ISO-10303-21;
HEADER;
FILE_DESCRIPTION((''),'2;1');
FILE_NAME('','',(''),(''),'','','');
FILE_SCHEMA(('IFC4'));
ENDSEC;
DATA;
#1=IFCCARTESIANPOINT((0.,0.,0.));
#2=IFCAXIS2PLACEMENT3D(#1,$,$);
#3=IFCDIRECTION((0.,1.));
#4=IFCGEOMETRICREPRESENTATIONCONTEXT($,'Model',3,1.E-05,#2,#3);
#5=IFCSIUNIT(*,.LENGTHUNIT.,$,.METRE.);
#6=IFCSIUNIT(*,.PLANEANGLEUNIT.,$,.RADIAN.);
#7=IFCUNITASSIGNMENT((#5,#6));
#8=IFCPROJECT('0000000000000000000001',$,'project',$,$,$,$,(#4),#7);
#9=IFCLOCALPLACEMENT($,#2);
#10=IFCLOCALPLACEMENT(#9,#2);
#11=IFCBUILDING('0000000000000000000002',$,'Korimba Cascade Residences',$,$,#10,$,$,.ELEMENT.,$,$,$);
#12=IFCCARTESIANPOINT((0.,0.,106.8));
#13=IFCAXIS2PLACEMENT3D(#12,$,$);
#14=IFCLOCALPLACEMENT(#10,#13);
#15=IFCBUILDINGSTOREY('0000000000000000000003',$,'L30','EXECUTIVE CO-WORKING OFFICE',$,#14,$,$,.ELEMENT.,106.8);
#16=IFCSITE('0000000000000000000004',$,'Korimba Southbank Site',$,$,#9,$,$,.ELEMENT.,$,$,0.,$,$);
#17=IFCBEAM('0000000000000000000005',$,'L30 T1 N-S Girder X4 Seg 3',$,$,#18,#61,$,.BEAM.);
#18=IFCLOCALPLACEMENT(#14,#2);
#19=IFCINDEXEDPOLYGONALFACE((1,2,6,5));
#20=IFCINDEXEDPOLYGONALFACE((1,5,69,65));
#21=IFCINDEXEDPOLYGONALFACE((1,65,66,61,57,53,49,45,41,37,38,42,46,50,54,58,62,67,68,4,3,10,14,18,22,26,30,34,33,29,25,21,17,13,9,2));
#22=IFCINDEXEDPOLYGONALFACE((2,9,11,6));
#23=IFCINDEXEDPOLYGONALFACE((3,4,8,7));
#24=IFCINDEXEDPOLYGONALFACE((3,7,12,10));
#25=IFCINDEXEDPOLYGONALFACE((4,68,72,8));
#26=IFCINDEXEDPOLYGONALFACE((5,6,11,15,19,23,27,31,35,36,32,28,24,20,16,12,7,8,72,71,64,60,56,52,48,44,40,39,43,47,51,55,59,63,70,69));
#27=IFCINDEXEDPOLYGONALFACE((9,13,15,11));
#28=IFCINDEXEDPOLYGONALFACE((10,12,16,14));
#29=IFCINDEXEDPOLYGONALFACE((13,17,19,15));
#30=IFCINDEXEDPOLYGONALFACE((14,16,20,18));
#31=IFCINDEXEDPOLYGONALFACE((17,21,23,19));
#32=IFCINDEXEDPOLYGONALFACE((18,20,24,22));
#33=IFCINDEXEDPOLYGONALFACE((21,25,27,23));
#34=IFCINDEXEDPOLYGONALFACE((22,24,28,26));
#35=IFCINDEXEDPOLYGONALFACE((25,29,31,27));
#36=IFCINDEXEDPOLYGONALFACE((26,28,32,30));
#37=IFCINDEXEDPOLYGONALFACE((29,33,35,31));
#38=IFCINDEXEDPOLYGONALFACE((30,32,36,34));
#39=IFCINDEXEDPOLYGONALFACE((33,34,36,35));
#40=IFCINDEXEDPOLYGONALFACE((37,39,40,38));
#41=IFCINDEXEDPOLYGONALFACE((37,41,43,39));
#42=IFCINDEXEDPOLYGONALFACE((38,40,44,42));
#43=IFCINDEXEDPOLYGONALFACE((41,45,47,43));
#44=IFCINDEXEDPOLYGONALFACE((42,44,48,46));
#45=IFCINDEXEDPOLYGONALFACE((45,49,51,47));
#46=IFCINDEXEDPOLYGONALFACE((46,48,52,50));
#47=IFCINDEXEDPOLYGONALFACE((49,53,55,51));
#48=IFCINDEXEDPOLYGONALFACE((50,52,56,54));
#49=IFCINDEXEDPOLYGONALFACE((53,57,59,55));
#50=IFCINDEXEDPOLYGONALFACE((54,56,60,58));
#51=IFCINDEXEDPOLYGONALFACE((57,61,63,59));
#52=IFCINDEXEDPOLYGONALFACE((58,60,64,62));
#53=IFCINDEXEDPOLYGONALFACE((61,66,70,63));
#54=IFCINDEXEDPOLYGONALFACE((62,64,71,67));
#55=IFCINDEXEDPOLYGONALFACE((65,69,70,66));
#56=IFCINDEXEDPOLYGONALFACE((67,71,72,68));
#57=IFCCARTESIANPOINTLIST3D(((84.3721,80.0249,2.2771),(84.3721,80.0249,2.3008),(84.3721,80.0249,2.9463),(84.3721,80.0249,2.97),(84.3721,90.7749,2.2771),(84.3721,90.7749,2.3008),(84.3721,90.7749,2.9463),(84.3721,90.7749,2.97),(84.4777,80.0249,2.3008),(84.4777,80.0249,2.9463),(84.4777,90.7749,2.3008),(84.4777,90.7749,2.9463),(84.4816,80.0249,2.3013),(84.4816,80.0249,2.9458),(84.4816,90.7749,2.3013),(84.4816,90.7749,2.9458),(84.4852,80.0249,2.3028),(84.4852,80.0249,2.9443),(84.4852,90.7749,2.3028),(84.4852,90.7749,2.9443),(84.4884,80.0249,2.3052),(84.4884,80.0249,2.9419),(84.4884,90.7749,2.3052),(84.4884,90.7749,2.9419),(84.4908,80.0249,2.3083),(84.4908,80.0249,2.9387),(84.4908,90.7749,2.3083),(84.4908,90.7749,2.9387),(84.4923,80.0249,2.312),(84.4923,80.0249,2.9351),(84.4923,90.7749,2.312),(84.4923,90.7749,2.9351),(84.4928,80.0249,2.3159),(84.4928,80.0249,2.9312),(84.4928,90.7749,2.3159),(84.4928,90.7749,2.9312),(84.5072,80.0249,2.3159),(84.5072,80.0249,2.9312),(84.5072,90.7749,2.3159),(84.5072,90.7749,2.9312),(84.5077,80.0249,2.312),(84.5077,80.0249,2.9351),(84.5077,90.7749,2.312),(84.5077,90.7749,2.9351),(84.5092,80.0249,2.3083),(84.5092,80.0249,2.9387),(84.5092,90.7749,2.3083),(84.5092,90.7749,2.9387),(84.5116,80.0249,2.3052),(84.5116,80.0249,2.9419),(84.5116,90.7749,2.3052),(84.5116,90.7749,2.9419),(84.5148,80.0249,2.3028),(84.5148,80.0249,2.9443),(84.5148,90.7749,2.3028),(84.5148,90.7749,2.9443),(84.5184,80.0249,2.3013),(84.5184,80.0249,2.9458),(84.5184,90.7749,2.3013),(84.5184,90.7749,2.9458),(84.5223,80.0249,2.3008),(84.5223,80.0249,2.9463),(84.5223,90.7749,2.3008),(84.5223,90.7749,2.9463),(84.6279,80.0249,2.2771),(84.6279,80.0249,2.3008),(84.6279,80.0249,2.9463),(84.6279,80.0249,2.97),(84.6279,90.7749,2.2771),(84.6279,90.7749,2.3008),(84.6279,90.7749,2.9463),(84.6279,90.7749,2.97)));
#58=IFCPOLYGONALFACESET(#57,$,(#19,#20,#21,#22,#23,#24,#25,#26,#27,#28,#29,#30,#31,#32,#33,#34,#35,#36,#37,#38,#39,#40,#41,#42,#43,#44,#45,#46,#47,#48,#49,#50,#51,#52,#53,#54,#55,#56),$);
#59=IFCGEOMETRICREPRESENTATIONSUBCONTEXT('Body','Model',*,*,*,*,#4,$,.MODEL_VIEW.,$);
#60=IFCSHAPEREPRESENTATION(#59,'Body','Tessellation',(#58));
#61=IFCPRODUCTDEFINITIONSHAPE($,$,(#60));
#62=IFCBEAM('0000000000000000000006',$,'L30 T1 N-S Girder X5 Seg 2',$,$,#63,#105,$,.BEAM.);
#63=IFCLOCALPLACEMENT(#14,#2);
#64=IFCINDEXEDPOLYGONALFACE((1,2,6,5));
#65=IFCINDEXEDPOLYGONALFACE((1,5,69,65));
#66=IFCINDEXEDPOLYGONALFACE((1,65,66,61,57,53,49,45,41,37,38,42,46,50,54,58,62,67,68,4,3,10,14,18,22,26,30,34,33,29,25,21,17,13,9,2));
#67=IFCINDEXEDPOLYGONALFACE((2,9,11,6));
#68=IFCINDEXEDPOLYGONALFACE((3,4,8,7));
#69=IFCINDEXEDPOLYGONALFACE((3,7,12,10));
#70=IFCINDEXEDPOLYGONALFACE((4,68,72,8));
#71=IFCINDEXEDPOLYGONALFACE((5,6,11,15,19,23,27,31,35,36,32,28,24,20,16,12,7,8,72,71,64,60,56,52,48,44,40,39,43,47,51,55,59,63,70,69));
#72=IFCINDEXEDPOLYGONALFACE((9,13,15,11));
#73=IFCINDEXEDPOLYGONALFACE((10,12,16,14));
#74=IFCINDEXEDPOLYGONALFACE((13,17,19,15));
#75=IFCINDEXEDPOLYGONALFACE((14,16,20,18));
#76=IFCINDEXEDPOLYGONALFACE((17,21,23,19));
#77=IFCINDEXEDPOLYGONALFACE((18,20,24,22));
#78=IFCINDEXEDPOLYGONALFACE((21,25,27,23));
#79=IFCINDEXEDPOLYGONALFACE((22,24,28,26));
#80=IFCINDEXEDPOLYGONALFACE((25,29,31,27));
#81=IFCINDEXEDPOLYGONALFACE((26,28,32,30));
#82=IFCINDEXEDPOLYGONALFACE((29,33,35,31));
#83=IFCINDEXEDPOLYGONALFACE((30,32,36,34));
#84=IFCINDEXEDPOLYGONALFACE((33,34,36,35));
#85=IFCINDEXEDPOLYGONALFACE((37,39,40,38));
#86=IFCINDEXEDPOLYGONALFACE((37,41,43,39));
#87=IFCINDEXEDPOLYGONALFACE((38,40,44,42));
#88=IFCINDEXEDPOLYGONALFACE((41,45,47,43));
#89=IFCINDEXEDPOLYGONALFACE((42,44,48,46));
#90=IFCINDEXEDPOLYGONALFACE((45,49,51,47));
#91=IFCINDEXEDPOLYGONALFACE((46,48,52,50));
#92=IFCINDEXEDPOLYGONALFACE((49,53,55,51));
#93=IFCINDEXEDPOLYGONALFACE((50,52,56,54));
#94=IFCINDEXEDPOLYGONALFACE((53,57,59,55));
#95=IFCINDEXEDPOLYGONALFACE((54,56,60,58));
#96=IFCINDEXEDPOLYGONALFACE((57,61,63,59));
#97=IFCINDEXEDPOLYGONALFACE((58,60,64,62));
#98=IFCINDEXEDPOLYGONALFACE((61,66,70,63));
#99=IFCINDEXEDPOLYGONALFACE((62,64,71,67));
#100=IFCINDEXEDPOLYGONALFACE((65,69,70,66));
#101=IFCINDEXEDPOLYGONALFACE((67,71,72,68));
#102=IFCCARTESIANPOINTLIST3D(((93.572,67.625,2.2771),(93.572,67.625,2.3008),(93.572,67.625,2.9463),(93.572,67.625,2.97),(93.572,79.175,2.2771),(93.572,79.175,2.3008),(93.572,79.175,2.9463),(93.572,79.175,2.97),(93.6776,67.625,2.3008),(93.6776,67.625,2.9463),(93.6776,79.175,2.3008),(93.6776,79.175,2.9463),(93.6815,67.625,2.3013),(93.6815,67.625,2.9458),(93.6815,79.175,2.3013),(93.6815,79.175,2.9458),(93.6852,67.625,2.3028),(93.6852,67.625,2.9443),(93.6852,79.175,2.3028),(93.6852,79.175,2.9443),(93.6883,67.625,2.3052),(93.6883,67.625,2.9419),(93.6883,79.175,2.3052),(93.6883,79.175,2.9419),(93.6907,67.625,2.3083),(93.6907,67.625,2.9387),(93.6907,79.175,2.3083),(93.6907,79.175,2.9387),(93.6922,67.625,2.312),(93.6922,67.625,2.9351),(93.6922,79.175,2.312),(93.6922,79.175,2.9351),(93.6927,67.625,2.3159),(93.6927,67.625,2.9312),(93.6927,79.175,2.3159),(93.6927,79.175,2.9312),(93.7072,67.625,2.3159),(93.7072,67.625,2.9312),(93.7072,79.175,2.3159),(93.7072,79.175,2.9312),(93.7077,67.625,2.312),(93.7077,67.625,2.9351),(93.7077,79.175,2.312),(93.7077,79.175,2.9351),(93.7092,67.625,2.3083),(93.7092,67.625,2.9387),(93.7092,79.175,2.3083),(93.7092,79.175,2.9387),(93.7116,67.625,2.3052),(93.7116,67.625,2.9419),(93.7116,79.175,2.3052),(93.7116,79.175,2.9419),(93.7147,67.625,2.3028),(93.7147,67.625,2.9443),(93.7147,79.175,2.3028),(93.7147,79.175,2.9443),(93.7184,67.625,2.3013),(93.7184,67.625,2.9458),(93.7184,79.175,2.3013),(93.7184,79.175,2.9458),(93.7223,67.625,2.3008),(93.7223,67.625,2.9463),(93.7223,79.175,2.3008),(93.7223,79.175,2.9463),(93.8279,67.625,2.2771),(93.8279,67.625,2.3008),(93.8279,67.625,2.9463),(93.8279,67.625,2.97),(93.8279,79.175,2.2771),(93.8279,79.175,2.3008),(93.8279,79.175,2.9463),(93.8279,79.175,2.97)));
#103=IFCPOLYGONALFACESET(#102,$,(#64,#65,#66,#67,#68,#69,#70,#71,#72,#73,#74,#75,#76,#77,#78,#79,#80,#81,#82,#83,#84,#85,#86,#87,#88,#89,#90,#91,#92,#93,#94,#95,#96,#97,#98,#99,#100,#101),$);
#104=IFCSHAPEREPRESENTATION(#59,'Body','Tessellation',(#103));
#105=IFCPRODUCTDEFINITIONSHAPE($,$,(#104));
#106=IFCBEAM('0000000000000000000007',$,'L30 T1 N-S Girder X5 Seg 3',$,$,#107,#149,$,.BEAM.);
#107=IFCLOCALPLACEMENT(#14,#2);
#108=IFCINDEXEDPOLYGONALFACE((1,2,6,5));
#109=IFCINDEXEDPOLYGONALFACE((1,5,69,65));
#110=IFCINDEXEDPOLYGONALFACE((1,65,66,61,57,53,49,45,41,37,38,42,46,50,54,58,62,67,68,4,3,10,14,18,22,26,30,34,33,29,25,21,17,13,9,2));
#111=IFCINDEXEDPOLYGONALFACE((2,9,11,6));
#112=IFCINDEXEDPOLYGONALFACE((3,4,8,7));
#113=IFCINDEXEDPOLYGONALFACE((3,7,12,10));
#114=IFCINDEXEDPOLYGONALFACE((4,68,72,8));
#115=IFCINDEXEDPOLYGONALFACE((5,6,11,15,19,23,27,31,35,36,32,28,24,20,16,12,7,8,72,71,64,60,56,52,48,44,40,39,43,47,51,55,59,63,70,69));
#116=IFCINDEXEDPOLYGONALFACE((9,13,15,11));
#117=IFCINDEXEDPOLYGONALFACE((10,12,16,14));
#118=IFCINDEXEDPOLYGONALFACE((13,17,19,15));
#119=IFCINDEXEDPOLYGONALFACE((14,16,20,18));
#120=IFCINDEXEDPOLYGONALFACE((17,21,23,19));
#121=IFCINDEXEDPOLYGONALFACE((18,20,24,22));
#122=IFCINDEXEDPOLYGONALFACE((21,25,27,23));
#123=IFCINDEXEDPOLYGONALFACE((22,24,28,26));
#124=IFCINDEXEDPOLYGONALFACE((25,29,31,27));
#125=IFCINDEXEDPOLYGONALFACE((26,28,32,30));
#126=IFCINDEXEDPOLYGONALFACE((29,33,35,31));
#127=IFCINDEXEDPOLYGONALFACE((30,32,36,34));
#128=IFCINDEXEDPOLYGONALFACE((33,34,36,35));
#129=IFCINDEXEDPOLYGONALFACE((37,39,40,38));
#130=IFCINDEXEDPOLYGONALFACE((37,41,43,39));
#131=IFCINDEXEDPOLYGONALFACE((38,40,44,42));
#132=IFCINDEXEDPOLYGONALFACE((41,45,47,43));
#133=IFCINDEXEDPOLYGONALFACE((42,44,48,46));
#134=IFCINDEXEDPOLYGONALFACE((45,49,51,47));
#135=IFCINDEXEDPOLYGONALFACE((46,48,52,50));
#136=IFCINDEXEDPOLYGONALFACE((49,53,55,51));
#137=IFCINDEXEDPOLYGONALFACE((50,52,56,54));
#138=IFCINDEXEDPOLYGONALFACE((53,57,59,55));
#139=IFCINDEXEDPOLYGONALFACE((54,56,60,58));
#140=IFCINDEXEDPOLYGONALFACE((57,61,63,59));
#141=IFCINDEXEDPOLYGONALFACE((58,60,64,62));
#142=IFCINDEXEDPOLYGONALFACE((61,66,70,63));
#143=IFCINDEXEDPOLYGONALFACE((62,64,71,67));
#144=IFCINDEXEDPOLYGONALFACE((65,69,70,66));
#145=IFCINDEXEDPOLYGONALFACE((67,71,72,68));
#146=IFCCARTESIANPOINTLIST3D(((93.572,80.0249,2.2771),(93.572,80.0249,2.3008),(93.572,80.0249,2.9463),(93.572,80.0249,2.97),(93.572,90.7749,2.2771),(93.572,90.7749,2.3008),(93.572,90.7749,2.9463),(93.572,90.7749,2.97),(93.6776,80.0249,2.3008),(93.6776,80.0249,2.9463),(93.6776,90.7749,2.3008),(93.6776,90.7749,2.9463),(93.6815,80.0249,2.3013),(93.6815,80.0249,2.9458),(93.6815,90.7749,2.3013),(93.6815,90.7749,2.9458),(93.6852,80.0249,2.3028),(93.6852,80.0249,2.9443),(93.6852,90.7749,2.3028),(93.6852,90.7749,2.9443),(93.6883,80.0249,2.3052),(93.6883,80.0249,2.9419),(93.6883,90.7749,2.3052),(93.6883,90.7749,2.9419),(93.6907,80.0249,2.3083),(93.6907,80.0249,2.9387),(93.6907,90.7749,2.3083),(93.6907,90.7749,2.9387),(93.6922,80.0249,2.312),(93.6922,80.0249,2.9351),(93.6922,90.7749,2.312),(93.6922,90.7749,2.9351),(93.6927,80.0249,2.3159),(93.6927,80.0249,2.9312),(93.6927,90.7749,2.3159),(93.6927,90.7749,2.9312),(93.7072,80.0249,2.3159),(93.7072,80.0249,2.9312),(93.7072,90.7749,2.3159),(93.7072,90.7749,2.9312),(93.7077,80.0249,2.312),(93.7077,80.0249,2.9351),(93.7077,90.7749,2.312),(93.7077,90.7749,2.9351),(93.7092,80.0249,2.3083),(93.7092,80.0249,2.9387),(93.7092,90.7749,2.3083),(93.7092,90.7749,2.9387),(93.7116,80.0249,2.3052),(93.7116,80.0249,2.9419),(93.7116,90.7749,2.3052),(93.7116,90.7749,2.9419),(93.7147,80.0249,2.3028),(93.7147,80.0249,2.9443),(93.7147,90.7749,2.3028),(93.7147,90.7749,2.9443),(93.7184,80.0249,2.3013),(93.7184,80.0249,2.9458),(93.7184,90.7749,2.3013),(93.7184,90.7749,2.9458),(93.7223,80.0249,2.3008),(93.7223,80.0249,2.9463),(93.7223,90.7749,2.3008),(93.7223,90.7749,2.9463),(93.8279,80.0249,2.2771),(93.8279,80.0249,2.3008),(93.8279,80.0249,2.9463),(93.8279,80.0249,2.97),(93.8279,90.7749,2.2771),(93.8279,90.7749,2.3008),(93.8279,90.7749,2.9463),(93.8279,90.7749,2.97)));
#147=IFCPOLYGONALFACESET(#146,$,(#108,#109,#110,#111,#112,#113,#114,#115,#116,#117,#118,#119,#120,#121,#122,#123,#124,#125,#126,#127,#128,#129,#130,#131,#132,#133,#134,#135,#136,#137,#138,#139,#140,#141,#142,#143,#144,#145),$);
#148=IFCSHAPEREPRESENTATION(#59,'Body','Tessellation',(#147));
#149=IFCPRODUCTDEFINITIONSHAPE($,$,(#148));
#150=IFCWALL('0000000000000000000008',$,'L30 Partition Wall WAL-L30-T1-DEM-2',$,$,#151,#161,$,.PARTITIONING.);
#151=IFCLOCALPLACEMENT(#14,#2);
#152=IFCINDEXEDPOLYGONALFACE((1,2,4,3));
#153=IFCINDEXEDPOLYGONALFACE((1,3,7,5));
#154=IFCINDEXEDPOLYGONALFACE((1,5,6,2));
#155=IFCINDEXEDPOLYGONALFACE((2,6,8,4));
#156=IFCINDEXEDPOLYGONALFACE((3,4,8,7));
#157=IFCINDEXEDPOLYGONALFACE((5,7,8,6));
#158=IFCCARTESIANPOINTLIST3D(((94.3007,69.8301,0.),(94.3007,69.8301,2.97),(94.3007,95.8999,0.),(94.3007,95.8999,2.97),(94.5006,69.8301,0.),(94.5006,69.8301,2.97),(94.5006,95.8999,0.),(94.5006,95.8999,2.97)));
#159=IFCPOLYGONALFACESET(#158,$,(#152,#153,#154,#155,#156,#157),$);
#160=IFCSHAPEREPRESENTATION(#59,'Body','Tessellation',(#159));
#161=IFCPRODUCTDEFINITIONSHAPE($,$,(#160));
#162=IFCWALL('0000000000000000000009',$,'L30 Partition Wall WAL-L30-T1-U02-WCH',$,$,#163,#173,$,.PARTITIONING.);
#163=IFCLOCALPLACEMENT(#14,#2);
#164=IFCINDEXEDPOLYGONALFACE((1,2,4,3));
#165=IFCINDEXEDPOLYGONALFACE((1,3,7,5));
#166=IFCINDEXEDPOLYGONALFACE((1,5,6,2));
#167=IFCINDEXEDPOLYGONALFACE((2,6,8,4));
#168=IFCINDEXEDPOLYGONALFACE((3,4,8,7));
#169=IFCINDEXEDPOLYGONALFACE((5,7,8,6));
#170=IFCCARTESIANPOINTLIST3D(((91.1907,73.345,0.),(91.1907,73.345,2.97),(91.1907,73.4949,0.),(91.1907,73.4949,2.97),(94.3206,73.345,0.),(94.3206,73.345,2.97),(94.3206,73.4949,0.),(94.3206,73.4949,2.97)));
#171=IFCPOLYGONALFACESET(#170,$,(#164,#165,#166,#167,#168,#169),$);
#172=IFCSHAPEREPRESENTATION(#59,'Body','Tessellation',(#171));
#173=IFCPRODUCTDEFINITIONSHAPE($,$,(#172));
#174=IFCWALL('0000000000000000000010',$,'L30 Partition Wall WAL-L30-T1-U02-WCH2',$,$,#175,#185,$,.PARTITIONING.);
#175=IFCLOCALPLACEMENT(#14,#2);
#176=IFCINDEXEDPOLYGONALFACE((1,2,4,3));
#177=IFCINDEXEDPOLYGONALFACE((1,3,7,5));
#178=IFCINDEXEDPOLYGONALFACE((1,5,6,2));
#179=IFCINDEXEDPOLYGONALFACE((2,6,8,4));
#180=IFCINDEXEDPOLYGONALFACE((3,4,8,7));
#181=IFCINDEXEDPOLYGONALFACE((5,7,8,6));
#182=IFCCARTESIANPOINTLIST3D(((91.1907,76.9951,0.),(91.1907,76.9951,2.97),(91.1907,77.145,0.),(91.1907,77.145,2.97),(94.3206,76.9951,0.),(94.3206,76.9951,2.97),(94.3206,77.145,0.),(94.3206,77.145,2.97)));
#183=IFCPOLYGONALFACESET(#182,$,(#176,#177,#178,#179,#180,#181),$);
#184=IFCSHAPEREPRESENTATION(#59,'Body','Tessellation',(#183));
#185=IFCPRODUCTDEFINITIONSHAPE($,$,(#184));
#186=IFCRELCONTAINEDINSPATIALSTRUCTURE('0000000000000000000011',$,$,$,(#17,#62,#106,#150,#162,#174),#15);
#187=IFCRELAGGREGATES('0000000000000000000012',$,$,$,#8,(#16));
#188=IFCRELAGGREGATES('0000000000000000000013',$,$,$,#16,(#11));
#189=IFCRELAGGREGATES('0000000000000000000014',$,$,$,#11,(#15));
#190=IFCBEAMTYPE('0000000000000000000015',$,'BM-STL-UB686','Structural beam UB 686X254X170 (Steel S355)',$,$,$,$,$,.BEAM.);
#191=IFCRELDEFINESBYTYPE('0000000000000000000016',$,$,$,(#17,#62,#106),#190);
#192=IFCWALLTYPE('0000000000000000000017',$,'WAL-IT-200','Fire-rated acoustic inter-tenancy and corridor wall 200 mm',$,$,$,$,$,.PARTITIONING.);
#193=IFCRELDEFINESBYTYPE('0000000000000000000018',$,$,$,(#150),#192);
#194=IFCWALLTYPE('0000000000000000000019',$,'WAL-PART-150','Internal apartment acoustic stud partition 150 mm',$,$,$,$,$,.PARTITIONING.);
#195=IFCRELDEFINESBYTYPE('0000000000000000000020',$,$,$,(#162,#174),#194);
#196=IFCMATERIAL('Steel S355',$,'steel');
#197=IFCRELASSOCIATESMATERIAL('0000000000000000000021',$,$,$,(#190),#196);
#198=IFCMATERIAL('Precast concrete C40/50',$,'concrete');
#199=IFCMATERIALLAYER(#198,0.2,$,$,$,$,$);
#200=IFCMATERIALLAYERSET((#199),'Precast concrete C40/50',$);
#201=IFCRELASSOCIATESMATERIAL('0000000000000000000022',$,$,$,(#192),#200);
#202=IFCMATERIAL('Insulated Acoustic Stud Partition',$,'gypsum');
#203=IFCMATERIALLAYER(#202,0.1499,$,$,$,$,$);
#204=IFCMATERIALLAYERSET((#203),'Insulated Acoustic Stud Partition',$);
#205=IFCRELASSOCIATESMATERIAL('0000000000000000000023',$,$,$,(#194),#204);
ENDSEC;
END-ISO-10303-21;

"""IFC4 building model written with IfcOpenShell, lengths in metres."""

from ifc_helpers import new_model, si_unit, direction, frame, frame_2d, origin, origin_2d, place, context, subcontext, project, spatial, rectangle, i_section, extrude, material, layer, layer_set, material_profile, profile_set, type_object, element, save


model = new_model("IFC4")

# Units and contexts
model_context = context("Model", 3, precision=1e-05, world=origin(), true_north=direction((0.0, 1.0)))
body_context = subcontext(model_context, "Body", "Model", "MODEL_VIEW")
ifc_project = project(units=[si_unit("LENGTHUNIT", "METRE"), si_unit("PLANEANGLEUNIT", "RADIAN")], contexts=[model_context])

# Site, building, storey
site_placement = place(None, origin())
site = spatial("IfcSite", under=ifc_project, at=site_placement, Name="Korimba Southbank Site", CompositionType="ELEMENT", RefElevation=0.0)
building_placement = place(site_placement, origin())
building = spatial("IfcBuilding", under=site, at=building_placement, Name="Korimba Cascade Residences", CompositionType="ELEMENT")
storey_placement = place(building_placement, frame((0.0, 0.0, 106.8)))
storey = spatial("IfcBuildingStorey", under=building, at=storey_placement, Name="L30", Description="EXECUTIVE CO-WORKING OFFICE", CompositionType="ELEMENT", Elevation=106.8)

# Beams
ifc_material_1 = material(Name="Steel S355", Category="steel")
ifc_material_profile_1 = material_profile(ifc_material_1, i_section(OverallWidth=0.2559, OverallDepth=0.6929, WebThickness=0.0144, FlangeThickness=0.0237, FilletRadius=0.0151, at=origin_2d()), Name="Steel S355")
ifc_profile_set_1 = profile_set([ifc_material_profile_1], Name="Steel S355")
beam_type_1 = type_object("IfcBeamType", Name="BM-STL-UB686", Description="Structural beam UB 686X254X170 (Steel S355)", PredefinedType="BEAM", material=ifc_profile_set_1)
beam_1_placement = place(storey_placement, frame((84.5, 80.0249, 2.6235), z_axis=(0.0, 1.0, 0.0), x_axis=(-1.0, 0.0, 0.0)))
element("IfcBeam", 1, at=beam_1_placement, inside=storey, type_object=beam_type_1, Name="L30 T1 N-S Girder X4 Seg 3", PredefinedType="BEAM", context=body_context, shape_type="SweptSolid", body=[
    extrude(i_section(OverallWidth=0.2559, OverallDepth=0.6929, WebThickness=0.0144, FlangeThickness=0.0237, FilletRadius=0.0151, at=origin_2d()), origin(), (0.0, 0.0, 1.0), 10.75),
])
beam_2_placement = place(storey_placement, frame((93.7, 67.625, 2.6235), z_axis=(0.0, 1.0, 0.0), x_axis=(-1.0, 0.0, 0.0)))
element("IfcBeam", 2, at=beam_2_placement, inside=storey, type_object=beam_type_1, Name="L30 T1 N-S Girder X5 Seg 2", PredefinedType="BEAM", context=body_context, shape_type="SweptSolid", body=[
    extrude(i_section(OverallWidth=0.2559, OverallDepth=0.6929, WebThickness=0.0144, FlangeThickness=0.0237, FilletRadius=0.0151, at=origin_2d()), origin(), (0.0, 0.0, 1.0), 11.55),
])
beam_3_placement = place(storey_placement, frame((93.7, 80.0249, 2.6235), z_axis=(0.0, 1.0, 0.0), x_axis=(-1.0, 0.0, 0.0)))
element("IfcBeam", 3, at=beam_3_placement, inside=storey, type_object=beam_type_1, Name="L30 T1 N-S Girder X5 Seg 3", PredefinedType="BEAM", context=body_context, shape_type="SweptSolid", body=[
    extrude(i_section(OverallWidth=0.2559, OverallDepth=0.6929, WebThickness=0.0144, FlangeThickness=0.0237, FilletRadius=0.0151, at=origin_2d()), origin(), (0.0, 0.0, 1.0), 10.75),
])

# Walls
ifc_material_2 = material(Name="Precast concrete C40/50", Category="concrete")
ifc_layer_1 = layer(ifc_material_2, 0.2)
ifc_layer_set_1 = layer_set([ifc_layer_1], Name="Precast concrete C40/50")
wall_type_1 = type_object("IfcWallType", Name="WAL-IT-200", Description="Fire-rated acoustic inter-tenancy and corridor wall 200 mm", PredefinedType="PARTITIONING", material=ifc_layer_set_1)
wall_1_placement = place(storey_placement, frame((94.4006, 69.8301, 0.0), z_axis=(0.0, 0.0, 1.0), x_axis=(0.0, 1.0, 0.0)))
element("IfcWall", 4, at=wall_1_placement, inside=storey, type_object=wall_type_1, Name="L30 Partition Wall WAL-L30-T1-DEM-2", PredefinedType="PARTITIONING", context=body_context, shape_type="SweptSolid", body=[
    extrude(rectangle(XDim=26.0698, YDim=0.2, at=frame_2d((13.0349, 0.0))), origin(), (0.0, 0.0, 1.0), 2.97),
])
ifc_material_3 = material(Name="Insulated Acoustic Stud Partition", Category="gypsum")
ifc_layer_2 = layer(ifc_material_3, 0.1499)
ifc_layer_set_2 = layer_set([ifc_layer_2], Name="Insulated Acoustic Stud Partition")
wall_type_2 = type_object("IfcWallType", Name="WAL-PART-150", Description="Internal apartment acoustic stud partition 150 mm", PredefinedType="PARTITIONING", material=ifc_layer_set_2)
for number, where, z_axis, x_axis, name in (
    (5, (91.1907, 73.4199, 0.0), (0.0, 0.0, 1.0), (1.0, 0.0, 0.0), "L30 Partition Wall WAL-L30-T1-U02-WCH"),
    (6, (91.1907, 77.0701, 0.0), (0.0, 0.0, 1.0), (1.0, 0.0, 0.0), "L30 Partition Wall WAL-L30-T1-U02-WCH2"),
):
    element("IfcWall", number, at=place(storey_placement, frame(where, z_axis=z_axis, x_axis=x_axis)), inside=storey, type_object=wall_type_2, Name=name, PredefinedType="PARTITIONING", context=body_context, shape_type="SweptSolid", body=[
        extrude(rectangle(XDim=3.1299, YDim=0.1499, at=frame_2d((1.5649, 0.0))), origin(), (0.0, 0.0, 1.0), 2.97),
    ])

save(model, "model.ifc")
